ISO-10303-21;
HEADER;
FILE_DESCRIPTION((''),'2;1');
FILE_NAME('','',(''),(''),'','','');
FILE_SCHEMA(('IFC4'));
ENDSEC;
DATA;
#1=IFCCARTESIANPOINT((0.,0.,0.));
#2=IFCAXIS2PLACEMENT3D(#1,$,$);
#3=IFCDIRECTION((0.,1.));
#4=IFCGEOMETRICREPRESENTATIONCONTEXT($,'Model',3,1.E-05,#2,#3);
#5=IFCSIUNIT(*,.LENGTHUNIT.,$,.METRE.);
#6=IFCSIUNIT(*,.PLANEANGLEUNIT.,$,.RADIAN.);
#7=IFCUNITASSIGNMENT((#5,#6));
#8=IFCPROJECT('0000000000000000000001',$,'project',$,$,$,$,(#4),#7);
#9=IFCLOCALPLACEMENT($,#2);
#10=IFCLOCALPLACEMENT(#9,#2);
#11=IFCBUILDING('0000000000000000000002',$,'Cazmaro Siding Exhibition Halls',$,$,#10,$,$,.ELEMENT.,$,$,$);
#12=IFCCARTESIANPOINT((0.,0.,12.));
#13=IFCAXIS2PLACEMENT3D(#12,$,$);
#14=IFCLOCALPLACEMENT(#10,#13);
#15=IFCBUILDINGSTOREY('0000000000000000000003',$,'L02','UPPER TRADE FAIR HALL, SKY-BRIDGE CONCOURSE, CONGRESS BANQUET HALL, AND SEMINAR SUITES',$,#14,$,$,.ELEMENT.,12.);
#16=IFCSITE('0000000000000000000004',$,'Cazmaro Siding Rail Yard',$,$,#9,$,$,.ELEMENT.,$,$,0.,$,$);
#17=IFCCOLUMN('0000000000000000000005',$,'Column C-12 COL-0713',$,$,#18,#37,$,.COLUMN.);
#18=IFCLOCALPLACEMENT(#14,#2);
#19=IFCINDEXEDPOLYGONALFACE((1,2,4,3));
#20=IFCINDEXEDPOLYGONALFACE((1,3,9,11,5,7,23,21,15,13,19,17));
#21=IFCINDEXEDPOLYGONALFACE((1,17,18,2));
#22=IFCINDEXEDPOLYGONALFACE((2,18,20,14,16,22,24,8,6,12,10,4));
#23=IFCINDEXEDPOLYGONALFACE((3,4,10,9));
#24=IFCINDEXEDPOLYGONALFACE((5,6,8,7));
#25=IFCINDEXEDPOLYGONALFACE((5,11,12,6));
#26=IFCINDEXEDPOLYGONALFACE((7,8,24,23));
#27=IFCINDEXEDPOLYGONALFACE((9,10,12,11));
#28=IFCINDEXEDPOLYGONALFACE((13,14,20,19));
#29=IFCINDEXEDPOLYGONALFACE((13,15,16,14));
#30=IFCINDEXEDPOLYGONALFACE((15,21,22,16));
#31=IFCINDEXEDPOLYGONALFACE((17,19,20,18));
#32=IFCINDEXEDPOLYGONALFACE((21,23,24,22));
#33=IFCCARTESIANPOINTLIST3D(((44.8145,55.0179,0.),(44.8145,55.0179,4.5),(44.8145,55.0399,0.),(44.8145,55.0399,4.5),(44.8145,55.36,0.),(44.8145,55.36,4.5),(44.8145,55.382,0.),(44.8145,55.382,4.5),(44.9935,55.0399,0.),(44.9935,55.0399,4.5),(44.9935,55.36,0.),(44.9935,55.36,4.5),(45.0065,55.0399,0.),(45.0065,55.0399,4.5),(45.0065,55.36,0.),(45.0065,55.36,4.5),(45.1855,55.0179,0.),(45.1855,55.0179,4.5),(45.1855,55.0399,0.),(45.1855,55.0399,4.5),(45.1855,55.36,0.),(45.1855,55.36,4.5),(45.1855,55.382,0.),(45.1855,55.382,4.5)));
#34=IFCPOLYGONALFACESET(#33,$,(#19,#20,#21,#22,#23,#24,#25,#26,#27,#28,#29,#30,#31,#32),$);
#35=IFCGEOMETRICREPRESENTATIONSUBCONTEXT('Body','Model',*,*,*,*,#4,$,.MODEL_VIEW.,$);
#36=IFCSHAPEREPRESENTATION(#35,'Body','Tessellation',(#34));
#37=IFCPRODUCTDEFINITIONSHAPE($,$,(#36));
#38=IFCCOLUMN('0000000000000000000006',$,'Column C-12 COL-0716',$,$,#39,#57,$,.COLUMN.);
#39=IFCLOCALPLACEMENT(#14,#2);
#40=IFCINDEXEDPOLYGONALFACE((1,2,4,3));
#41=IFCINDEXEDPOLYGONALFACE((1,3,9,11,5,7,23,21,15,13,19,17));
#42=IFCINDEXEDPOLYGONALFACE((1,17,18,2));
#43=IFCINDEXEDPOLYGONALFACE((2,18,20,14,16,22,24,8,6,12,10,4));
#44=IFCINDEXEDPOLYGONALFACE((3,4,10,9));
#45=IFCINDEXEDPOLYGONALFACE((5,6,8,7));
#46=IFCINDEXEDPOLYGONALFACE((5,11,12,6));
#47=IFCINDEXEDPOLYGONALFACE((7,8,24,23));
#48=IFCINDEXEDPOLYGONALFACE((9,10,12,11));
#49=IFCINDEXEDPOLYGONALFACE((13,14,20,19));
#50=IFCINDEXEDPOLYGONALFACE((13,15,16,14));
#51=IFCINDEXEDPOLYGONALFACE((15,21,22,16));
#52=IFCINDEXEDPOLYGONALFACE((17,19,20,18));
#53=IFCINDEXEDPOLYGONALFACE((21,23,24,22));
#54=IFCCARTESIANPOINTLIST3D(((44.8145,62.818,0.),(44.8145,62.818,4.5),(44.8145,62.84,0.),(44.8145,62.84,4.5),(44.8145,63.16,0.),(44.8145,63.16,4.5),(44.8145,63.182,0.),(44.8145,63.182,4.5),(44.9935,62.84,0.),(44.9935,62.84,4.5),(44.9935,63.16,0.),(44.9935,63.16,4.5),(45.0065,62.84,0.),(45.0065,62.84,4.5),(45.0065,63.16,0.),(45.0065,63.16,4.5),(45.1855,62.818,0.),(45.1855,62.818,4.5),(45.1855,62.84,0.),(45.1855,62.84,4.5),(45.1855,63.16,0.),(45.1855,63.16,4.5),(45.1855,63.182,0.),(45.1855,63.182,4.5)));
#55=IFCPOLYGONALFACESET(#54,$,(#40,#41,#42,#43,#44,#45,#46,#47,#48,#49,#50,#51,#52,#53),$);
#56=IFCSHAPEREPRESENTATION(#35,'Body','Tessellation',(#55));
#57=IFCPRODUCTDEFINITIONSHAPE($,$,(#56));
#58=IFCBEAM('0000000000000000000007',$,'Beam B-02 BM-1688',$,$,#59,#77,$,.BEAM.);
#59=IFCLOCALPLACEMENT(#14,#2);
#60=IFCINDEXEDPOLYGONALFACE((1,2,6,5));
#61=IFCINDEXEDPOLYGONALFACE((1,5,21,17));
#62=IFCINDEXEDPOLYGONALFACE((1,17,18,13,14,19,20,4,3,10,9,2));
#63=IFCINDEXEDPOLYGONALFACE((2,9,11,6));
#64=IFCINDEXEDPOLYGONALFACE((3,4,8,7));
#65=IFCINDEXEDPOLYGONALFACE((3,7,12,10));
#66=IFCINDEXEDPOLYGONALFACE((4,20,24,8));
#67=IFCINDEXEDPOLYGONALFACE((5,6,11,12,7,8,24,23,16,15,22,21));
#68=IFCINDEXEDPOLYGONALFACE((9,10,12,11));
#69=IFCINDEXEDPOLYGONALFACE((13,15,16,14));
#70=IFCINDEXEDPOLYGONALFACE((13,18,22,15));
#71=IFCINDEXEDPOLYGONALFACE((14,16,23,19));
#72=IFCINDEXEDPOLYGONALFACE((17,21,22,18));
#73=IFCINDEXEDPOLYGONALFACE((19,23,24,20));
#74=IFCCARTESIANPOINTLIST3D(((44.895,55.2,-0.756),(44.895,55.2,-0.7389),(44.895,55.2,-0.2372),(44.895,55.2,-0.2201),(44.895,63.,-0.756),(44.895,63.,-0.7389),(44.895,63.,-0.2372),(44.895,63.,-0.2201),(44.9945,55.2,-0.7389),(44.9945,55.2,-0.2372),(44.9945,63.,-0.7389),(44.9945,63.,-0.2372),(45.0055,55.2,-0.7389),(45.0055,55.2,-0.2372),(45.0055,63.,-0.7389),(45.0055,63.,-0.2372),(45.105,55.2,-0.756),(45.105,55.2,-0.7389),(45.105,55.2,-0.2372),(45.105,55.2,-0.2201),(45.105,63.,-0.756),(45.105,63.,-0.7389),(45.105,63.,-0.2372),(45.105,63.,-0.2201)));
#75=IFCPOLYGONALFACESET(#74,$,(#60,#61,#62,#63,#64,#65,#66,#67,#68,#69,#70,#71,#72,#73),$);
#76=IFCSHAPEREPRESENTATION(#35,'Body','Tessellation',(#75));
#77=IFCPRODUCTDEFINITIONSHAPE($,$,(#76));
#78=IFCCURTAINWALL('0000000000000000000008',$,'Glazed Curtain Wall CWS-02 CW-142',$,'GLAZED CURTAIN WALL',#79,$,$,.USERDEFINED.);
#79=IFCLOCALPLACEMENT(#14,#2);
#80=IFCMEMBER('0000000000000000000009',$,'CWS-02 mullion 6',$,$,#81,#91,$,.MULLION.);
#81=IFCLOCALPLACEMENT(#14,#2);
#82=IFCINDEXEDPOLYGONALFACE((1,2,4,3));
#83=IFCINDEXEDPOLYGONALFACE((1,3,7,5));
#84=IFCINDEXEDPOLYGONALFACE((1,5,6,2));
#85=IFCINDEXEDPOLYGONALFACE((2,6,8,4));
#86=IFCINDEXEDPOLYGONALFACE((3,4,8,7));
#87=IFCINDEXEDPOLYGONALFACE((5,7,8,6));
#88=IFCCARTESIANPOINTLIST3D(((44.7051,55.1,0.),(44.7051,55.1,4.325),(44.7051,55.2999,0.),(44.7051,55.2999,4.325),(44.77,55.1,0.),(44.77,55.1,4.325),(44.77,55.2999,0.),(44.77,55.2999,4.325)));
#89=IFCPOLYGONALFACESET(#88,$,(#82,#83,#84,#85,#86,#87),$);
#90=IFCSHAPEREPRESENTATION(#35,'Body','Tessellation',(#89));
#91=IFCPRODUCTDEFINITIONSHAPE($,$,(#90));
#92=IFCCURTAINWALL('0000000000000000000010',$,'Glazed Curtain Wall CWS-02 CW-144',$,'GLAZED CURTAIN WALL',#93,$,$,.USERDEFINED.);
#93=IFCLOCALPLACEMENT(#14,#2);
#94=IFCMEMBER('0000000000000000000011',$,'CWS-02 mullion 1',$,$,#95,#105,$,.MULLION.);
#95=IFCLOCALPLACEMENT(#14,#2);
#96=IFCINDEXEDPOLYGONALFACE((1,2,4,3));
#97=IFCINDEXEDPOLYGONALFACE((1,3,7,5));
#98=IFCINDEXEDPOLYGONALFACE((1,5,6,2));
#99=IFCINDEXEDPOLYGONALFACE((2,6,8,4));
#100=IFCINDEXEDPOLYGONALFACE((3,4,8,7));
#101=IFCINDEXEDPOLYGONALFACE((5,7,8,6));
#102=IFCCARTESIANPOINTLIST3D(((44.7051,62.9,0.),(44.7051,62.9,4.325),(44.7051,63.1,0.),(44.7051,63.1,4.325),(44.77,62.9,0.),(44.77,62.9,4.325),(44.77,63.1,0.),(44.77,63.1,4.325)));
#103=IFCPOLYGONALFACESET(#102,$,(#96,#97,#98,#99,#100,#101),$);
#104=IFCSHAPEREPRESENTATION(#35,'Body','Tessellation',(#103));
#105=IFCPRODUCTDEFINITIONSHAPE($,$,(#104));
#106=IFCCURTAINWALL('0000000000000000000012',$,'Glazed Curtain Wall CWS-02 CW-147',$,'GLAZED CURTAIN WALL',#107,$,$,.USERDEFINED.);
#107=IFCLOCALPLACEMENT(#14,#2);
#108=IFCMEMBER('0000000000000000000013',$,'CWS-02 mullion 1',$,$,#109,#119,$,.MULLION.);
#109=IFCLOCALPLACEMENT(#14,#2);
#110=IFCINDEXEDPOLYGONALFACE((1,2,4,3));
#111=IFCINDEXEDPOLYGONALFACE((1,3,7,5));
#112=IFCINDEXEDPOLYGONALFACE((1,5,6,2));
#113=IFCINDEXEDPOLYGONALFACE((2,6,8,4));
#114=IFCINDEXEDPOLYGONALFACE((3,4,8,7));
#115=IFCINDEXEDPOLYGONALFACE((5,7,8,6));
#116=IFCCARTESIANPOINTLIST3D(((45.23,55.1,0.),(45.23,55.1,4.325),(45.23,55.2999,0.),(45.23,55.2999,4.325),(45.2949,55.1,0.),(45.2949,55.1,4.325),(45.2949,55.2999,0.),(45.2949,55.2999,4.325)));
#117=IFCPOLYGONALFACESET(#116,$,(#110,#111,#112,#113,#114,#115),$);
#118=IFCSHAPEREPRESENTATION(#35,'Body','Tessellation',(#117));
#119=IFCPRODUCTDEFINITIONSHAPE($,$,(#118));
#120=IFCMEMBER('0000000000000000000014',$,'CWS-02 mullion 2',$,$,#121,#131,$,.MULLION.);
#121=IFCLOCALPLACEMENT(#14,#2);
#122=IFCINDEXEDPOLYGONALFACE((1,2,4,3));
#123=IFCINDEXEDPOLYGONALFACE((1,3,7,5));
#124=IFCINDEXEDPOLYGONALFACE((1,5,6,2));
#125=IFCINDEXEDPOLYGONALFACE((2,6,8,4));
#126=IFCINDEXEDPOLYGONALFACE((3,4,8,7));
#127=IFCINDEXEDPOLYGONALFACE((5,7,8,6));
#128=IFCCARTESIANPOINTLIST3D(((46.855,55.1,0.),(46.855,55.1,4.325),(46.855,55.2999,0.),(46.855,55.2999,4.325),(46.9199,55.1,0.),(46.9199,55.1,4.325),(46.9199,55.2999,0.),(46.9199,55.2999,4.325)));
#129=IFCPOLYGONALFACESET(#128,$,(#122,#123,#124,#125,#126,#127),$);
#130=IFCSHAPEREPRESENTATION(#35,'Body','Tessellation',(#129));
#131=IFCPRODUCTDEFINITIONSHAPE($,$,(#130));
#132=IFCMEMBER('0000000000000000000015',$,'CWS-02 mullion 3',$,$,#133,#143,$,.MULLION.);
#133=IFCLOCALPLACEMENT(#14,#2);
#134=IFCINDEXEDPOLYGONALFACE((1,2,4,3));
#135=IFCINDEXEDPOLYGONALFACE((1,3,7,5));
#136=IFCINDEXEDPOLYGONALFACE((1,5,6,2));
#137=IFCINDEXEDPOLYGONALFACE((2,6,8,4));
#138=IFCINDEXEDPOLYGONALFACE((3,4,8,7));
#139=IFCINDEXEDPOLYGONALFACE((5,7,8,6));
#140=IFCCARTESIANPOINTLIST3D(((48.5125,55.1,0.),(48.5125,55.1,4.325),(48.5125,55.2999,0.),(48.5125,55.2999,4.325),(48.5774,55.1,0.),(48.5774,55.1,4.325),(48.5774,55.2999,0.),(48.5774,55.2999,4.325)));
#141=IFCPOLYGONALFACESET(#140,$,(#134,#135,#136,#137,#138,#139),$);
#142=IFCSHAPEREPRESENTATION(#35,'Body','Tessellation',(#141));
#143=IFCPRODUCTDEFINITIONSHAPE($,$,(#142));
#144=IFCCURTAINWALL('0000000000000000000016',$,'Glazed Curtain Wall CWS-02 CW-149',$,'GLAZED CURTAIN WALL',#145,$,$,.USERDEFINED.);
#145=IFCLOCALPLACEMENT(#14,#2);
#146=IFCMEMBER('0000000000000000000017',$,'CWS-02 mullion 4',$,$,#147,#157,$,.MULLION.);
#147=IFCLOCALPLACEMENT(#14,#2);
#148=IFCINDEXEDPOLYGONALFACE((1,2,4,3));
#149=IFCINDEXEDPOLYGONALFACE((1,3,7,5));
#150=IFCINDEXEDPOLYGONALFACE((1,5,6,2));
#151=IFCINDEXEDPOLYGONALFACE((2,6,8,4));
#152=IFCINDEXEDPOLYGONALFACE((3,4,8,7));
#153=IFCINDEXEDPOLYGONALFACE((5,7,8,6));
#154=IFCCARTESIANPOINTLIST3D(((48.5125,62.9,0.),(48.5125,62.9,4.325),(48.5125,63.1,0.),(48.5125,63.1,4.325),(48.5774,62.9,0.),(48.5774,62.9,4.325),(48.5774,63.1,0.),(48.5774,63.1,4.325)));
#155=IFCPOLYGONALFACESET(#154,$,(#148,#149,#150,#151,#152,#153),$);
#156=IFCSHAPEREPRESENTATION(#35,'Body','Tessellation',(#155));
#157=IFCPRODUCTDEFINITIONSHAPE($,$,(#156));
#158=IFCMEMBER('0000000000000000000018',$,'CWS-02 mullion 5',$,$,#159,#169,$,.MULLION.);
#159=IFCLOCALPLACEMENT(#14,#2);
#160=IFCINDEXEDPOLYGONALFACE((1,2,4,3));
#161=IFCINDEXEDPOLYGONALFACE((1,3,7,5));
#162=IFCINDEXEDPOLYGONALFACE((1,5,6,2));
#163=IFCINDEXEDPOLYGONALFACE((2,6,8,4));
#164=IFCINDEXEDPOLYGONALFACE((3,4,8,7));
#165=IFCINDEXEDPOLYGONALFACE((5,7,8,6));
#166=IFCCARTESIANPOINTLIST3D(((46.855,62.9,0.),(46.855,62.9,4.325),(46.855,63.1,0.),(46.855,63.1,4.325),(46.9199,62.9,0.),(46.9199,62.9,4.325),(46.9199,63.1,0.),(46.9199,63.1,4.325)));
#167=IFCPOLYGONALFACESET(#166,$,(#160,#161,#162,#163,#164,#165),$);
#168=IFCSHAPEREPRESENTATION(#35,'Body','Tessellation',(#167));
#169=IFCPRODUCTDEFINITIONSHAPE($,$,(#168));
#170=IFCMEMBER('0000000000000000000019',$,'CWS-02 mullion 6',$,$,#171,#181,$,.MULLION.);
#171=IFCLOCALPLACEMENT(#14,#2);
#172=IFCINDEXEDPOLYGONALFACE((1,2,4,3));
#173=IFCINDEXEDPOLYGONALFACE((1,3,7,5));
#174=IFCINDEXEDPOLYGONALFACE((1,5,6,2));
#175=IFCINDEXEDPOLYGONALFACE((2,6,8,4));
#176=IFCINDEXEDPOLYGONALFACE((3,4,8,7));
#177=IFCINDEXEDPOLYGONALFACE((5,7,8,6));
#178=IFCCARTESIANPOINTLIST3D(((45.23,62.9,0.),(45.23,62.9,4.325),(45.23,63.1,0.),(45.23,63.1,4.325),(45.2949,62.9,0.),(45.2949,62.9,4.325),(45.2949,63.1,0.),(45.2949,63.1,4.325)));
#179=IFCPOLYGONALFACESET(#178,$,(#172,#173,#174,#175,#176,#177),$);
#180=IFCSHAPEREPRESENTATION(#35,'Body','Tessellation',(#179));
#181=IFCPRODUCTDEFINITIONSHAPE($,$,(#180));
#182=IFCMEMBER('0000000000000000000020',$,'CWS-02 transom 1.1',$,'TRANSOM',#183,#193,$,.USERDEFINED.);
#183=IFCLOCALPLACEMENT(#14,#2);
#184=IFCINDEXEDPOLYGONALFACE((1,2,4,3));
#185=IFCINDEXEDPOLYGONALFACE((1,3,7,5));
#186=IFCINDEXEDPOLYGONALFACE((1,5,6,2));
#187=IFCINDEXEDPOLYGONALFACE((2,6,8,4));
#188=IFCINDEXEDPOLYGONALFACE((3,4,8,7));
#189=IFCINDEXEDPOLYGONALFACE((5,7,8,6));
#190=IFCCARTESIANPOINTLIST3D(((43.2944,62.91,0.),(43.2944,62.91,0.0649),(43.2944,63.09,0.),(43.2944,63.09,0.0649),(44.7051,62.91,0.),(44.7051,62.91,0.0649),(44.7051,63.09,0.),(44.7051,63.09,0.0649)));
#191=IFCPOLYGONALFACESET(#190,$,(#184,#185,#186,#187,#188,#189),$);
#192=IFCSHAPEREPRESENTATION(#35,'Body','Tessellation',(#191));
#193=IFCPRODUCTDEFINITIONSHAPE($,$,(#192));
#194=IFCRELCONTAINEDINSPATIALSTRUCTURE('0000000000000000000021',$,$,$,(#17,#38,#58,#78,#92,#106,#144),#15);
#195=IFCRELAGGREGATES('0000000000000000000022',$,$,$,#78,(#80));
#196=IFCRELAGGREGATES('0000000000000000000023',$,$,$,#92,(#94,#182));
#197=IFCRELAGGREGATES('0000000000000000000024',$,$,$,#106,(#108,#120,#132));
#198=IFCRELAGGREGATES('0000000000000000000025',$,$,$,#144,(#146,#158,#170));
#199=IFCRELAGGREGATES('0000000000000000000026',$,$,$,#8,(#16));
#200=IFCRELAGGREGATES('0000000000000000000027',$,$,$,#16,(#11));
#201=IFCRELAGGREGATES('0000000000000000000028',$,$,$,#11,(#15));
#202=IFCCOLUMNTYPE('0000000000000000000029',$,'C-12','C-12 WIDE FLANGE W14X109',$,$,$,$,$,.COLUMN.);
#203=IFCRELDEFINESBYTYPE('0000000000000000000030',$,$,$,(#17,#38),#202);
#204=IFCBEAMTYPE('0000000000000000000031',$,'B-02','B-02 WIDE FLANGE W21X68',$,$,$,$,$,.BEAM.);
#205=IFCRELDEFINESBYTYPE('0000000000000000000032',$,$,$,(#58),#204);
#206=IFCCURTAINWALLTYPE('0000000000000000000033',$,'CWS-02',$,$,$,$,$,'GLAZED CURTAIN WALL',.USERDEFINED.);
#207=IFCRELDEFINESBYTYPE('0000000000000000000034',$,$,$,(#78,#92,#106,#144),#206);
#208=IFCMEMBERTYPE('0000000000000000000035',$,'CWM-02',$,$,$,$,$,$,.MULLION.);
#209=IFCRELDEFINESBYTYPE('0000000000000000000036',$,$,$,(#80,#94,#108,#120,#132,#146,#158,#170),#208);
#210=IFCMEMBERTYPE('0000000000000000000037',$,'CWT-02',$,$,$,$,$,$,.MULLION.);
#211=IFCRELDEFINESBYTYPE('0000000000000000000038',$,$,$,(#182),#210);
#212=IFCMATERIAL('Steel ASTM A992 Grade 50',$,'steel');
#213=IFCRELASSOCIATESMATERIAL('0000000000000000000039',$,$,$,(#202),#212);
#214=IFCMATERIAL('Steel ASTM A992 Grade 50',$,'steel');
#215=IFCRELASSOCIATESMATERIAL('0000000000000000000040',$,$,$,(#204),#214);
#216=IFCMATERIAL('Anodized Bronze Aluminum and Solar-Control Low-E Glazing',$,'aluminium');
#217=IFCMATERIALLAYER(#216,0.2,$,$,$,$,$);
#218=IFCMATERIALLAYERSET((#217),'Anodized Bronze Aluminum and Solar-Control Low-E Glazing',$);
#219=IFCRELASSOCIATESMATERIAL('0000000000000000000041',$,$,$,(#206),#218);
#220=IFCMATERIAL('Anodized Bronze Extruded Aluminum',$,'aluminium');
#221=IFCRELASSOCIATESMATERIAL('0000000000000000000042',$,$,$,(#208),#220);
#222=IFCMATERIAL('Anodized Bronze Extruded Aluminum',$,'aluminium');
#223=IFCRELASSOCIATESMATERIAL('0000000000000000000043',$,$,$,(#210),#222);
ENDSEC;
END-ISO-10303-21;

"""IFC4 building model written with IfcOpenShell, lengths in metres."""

from ifc_helpers import new_model, si_unit, direction, frame, origin, origin_2d, place, context, subcontext, project, spatial, rectangle, i_section, extrude, material, layer, layer_set, material_profile, profile_set, type_object, element, aggregate, save


model = new_model("IFC4")

# Units and contexts
model_context = context("Model", 3, precision=1e-05, world=origin(), true_north=direction((0.0, 1.0)))
body_context = subcontext(model_context, "Body", "Model", "MODEL_VIEW")
ifc_project = project(units=[si_unit("LENGTHUNIT", "METRE"), si_unit("PLANEANGLEUNIT", "RADIAN")], contexts=[model_context])

# Site, building, storey
site_placement = place(None, origin())
site = spatial("IfcSite", under=ifc_project, at=site_placement, Name="Cazmaro Siding Rail Yard", CompositionType="ELEMENT", RefElevation=0.0)
building_placement = place(site_placement, origin())
building = spatial("IfcBuilding", under=site, at=building_placement, Name="Cazmaro Siding Exhibition Halls", CompositionType="ELEMENT")
storey_placement = place(building_placement, frame((0.0, 0.0, 12.0)))
storey = spatial("IfcBuildingStorey", under=building, at=storey_placement, Name="L02", Description="UPPER TRADE FAIR HALL, SKY-BRIDGE CONCOURSE, CONGRESS BANQUET HALL, AND SEMINAR SUITES", CompositionType="ELEMENT", Elevation=12.0)

# Columns
ifc_material_1 = material(Name="Steel ASTM A992 Grade 50", Category="steel")
ifc_material_profile_1 = material_profile(ifc_material_1, i_section(OverallWidth=0.3711, OverallDepth=0.364, WebThickness=0.0129, FlangeThickness=0.022, at=origin_2d()), Name="W14X109")
ifc_profile_set_1 = profile_set([ifc_material_profile_1], Name="Steel ASTM A992 Grade 50")
column_type = type_object("IfcColumnType", Name="C-12", Description="C-12 WIDE FLANGE W14X109", PredefinedType="COLUMN", material=ifc_profile_set_1)
for number, where, z_axis, x_axis, name in (
    (1, (45.0, 55.2, 0.0), (0.0, 0.0, 1.0), (1.0, 0.0, 0.0), "Column C-12 COL-0713"),
    (2, (45.0, 63.0, 0.0), (0.0, 0.0, 1.0), (1.0, 0.0, 0.0), "Column C-12 COL-0716"),
):
    element("IfcColumn", number, at=place(storey_placement, frame(where, z_axis=z_axis, x_axis=x_axis)), inside=storey, type_object=column_type, Name=name, PredefinedType="COLUMN", context=body_context, shape_type="SweptSolid", body=[
        extrude(i_section(OverallWidth=0.3711, OverallDepth=0.364, WebThickness=0.0129, FlangeThickness=0.022, at=origin_2d()), origin(), (0.0, 0.0, 1.0), 4.5),
    ])

# Beam
ifc_material_2 = material(Name="Steel ASTM A992 Grade 50", Category="steel")
ifc_material_profile_2 = material_profile(ifc_material_2, i_section(OverallWidth=0.21, OverallDepth=0.5359, WebThickness=0.011, FlangeThickness=0.0171, at=origin_2d()), Name="W21X68")
ifc_profile_set_2 = profile_set([ifc_material_profile_2], Name="Steel ASTM A992 Grade 50")
beam_type_1 = type_object("IfcBeamType", Name="B-02", Description="B-02 WIDE FLANGE W21X68", PredefinedType="BEAM", material=ifc_profile_set_2)
beam_1_placement = place(storey_placement, frame((45.0, 55.2, -0.488), z_axis=(0.0, 1.0, 0.0), x_axis=(-1.0, 0.0, 0.0)))
element("IfcBeam", 3, at=beam_1_placement, inside=storey, type_object=beam_type_1, Name="Beam B-02 BM-1688", PredefinedType="BEAM", context=body_context, shape_type="SweptSolid", body=[
    extrude(i_section(OverallWidth=0.21, OverallDepth=0.5359, WebThickness=0.011, FlangeThickness=0.0171, at=origin_2d()), origin(), (0.0, 0.0, 1.0), 7.8),
])

# Curtain walls, members
ifc_material_3 = material(Name="Anodized Bronze Aluminum and Solar-Control Low-E Glazing", Category="aluminium")
ifc_layer_1 = layer(ifc_material_3, 0.2)
ifc_layer_set_1 = layer_set([ifc_layer_1], Name="Anodized Bronze Aluminum and Solar-Control Low-E Glazing")
curtain_wall_type = type_object("IfcCurtainWallType", Name="CWS-02", ElementType="GLAZED CURTAIN WALL", PredefinedType="USERDEFINED", material=ifc_layer_set_1)
curtain_wall_1_placement = place(storey_placement, origin())
curtain_wall_1 = element("IfcCurtainWall", 4, at=curtain_wall_1_placement, inside=storey, type_object=curtain_wall_type, Name="Glazed Curtain Wall CWS-02 CW-142", ObjectType="GLAZED CURTAIN WALL", PredefinedType="USERDEFINED")
ifc_material_4 = material(Name="Anodized Bronze Extruded Aluminum", Category="aluminium")
ifc_material_profile_3 = material_profile(ifc_material_4, rectangle(XDim=0.2, YDim=0.0649, at=origin_2d()), Name="CWM-02")
ifc_profile_set_3 = profile_set([ifc_material_profile_3], Name="Anodized Bronze Extruded Aluminum")
member_type_1 = type_object("IfcMemberType", Name="CWM-02", PredefinedType="MULLION", material=ifc_profile_set_3)
member_1_placement = place(storey_placement, frame((44.7375, 55.2, 0.0), z_axis=(0.0, 0.0, 1.0), x_axis=(0.0, 1.0, 0.0)))
member_1 = element("IfcMember", 5, at=member_1_placement, type_object=member_type_1, Name="CWS-02 mullion 6", PredefinedType="MULLION", context=body_context, shape_type="SweptSolid", body=[
    extrude(rectangle(XDim=0.2, YDim=0.0649, at=origin_2d()), origin(), (0.0, 0.0, 1.0), 4.325),
])
aggregate(curtain_wall_1, [member_1])
curtain_wall_2_placement = place(storey_placement, origin())
curtain_wall_2 = element("IfcCurtainWall", 6, at=curtain_wall_2_placement, inside=storey, type_object=curtain_wall_type, Name="Glazed Curtain Wall CWS-02 CW-144", ObjectType="GLAZED CURTAIN WALL", PredefinedType="USERDEFINED")
member_2_placement = place(storey_placement, frame((44.7375, 63.0, 0.0), z_axis=(0.0, 0.0, 1.0), x_axis=(0.0, -1.0, 0.0)))
member_2 = element("IfcMember", 7, at=member_2_placement, type_object=member_type_1, Name="CWS-02 mullion 1", PredefinedType="MULLION", context=body_context, shape_type="SweptSolid", body=[
    extrude(rectangle(XDim=0.2, YDim=0.0649, at=origin_2d()), origin(), (0.0, 0.0, 1.0), 4.325),
])

# Curtain walls, members
curtain_wall_3_placement = place(storey_placement, origin())
curtain_wall_3 = element("IfcCurtainWall", 8, at=curtain_wall_3_placement, inside=storey, type_object=curtain_wall_type, Name="Glazed Curtain Wall CWS-02 CW-147", ObjectType="GLAZED CURTAIN WALL", PredefinedType="USERDEFINED")
member_3_placement = place(storey_placement, frame((45.2625, 55.2, 0.0), z_axis=(0.0, 0.0, 1.0), x_axis=(0.0, 1.0, 0.0)))
member_3 = element("IfcMember", 9, at=member_3_placement, type_object=member_type_1, Name="CWS-02 mullion 1", PredefinedType="MULLION", context=body_context, shape_type="SweptSolid", body=[
    extrude(rectangle(XDim=0.2, YDim=0.0649, at=origin_2d()), origin(), (0.0, 0.0, 1.0), 4.325),
])
member_4_placement = place(storey_placement, frame((46.8875, 55.2, 0.0), z_axis=(0.0, 0.0, 1.0), x_axis=(0.0, 1.0, 0.0)))
member_4 = element("IfcMember", 10, at=member_4_placement, type_object=member_type_1, Name="CWS-02 mullion 2", PredefinedType="MULLION", context=body_context, shape_type="SweptSolid", body=[
    extrude(rectangle(XDim=0.2, YDim=0.0649, at=origin_2d()), origin(), (0.0, 0.0, 1.0), 4.325),
])
member_5_placement = place(storey_placement, frame((48.5449, 55.2, 0.0), z_axis=(0.0, 0.0, 1.0), x_axis=(0.0, 1.0, 0.0)))
member_5 = element("IfcMember", 11, at=member_5_placement, type_object=member_type_1, Name="CWS-02 mullion 3", PredefinedType="MULLION", context=body_context, shape_type="SweptSolid", body=[
    extrude(rectangle(XDim=0.2, YDim=0.0649, at=origin_2d()), origin(), (0.0, 0.0, 1.0), 4.325),
])
curtain_wall_4_placement = place(storey_placement, origin())
curtain_wall_4 = element("IfcCurtainWall", 12, at=curtain_wall_4_placement, inside=storey, type_object=curtain_wall_type, Name="Glazed Curtain Wall CWS-02 CW-149", ObjectType="GLAZED CURTAIN WALL", PredefinedType="USERDEFINED")
member_6_placement = place(storey_placement, frame((48.5449, 63.0, 0.0), z_axis=(0.0, 0.0, 1.0), x_axis=(0.0, -1.0, 0.0)))
member_6 = element("IfcMember", 13, at=member_6_placement, type_object=member_type_1, Name="CWS-02 mullion 4", PredefinedType="MULLION", context=body_context, shape_type="SweptSolid", body=[
    extrude(rectangle(XDim=0.2, YDim=0.0649, at=origin_2d()), origin(), (0.0, 0.0, 1.0), 4.325),
])
member_7_placement = place(storey_placement, frame((46.8875, 63.0, 0.0), z_axis=(0.0, 0.0, 1.0), x_axis=(0.0, -1.0, 0.0)))
member_7 = element("IfcMember", 14, at=member_7_placement, type_object=member_type_1, Name="CWS-02 mullion 5", PredefinedType="MULLION", context=body_context, shape_type="SweptSolid", body=[
    extrude(rectangle(XDim=0.2, YDim=0.0649, at=origin_2d()), origin(), (0.0, 0.0, 1.0), 4.325),
])
member_8_placement = place(storey_placement, frame((45.2625, 63.0, 0.0), z_axis=(0.0, 0.0, 1.0), x_axis=(0.0, -1.0, 0.0)))
member_8 = element("IfcMember", 15, at=member_8_placement, type_object=member_type_1, Name="CWS-02 mullion 6", PredefinedType="MULLION", context=body_context, shape_type="SweptSolid", body=[
    extrude(rectangle(XDim=0.2, YDim=0.0649, at=origin_2d()), origin(), (0.0, 0.0, 1.0), 4.325),
])

# Member
ifc_material_5 = material(Name="Anodized Bronze Extruded Aluminum", Category="aluminium")
ifc_material_profile_4 = material_profile(ifc_material_5, rectangle(XDim=0.1799, YDim=0.0649, at=origin_2d()), Name="CWT-02")
ifc_profile_set_4 = profile_set([ifc_material_profile_4], Name="Anodized Bronze Extruded Aluminum")
member_type_2 = type_object("IfcMemberType", Name="CWT-02", PredefinedType="MULLION", material=ifc_profile_set_4)
member_9_placement = place(storey_placement, frame((44.7051, 63.0, 0.0325), z_axis=(-1.0, 0.0, 0.0), x_axis=(0.0, -1.0, 0.0)))
member_9 = element("IfcMember", 16, at=member_9_placement, type_object=member_type_2, Name="CWS-02 transom 1.1", ObjectType="TRANSOM", PredefinedType="USERDEFINED", context=body_context, shape_type="SweptSolid", body=[
    extrude(rectangle(XDim=0.1799, YDim=0.0649, at=origin_2d()), origin(), (0.0, 0.0, 1.0), 1.4106),
])
aggregate(curtain_wall_2, [member_2, member_9])

aggregate(curtain_wall_3, [member_3, member_4, member_5])
aggregate(curtain_wall_4, [member_6, member_7, member_8])

save(model, "model.ifc")
